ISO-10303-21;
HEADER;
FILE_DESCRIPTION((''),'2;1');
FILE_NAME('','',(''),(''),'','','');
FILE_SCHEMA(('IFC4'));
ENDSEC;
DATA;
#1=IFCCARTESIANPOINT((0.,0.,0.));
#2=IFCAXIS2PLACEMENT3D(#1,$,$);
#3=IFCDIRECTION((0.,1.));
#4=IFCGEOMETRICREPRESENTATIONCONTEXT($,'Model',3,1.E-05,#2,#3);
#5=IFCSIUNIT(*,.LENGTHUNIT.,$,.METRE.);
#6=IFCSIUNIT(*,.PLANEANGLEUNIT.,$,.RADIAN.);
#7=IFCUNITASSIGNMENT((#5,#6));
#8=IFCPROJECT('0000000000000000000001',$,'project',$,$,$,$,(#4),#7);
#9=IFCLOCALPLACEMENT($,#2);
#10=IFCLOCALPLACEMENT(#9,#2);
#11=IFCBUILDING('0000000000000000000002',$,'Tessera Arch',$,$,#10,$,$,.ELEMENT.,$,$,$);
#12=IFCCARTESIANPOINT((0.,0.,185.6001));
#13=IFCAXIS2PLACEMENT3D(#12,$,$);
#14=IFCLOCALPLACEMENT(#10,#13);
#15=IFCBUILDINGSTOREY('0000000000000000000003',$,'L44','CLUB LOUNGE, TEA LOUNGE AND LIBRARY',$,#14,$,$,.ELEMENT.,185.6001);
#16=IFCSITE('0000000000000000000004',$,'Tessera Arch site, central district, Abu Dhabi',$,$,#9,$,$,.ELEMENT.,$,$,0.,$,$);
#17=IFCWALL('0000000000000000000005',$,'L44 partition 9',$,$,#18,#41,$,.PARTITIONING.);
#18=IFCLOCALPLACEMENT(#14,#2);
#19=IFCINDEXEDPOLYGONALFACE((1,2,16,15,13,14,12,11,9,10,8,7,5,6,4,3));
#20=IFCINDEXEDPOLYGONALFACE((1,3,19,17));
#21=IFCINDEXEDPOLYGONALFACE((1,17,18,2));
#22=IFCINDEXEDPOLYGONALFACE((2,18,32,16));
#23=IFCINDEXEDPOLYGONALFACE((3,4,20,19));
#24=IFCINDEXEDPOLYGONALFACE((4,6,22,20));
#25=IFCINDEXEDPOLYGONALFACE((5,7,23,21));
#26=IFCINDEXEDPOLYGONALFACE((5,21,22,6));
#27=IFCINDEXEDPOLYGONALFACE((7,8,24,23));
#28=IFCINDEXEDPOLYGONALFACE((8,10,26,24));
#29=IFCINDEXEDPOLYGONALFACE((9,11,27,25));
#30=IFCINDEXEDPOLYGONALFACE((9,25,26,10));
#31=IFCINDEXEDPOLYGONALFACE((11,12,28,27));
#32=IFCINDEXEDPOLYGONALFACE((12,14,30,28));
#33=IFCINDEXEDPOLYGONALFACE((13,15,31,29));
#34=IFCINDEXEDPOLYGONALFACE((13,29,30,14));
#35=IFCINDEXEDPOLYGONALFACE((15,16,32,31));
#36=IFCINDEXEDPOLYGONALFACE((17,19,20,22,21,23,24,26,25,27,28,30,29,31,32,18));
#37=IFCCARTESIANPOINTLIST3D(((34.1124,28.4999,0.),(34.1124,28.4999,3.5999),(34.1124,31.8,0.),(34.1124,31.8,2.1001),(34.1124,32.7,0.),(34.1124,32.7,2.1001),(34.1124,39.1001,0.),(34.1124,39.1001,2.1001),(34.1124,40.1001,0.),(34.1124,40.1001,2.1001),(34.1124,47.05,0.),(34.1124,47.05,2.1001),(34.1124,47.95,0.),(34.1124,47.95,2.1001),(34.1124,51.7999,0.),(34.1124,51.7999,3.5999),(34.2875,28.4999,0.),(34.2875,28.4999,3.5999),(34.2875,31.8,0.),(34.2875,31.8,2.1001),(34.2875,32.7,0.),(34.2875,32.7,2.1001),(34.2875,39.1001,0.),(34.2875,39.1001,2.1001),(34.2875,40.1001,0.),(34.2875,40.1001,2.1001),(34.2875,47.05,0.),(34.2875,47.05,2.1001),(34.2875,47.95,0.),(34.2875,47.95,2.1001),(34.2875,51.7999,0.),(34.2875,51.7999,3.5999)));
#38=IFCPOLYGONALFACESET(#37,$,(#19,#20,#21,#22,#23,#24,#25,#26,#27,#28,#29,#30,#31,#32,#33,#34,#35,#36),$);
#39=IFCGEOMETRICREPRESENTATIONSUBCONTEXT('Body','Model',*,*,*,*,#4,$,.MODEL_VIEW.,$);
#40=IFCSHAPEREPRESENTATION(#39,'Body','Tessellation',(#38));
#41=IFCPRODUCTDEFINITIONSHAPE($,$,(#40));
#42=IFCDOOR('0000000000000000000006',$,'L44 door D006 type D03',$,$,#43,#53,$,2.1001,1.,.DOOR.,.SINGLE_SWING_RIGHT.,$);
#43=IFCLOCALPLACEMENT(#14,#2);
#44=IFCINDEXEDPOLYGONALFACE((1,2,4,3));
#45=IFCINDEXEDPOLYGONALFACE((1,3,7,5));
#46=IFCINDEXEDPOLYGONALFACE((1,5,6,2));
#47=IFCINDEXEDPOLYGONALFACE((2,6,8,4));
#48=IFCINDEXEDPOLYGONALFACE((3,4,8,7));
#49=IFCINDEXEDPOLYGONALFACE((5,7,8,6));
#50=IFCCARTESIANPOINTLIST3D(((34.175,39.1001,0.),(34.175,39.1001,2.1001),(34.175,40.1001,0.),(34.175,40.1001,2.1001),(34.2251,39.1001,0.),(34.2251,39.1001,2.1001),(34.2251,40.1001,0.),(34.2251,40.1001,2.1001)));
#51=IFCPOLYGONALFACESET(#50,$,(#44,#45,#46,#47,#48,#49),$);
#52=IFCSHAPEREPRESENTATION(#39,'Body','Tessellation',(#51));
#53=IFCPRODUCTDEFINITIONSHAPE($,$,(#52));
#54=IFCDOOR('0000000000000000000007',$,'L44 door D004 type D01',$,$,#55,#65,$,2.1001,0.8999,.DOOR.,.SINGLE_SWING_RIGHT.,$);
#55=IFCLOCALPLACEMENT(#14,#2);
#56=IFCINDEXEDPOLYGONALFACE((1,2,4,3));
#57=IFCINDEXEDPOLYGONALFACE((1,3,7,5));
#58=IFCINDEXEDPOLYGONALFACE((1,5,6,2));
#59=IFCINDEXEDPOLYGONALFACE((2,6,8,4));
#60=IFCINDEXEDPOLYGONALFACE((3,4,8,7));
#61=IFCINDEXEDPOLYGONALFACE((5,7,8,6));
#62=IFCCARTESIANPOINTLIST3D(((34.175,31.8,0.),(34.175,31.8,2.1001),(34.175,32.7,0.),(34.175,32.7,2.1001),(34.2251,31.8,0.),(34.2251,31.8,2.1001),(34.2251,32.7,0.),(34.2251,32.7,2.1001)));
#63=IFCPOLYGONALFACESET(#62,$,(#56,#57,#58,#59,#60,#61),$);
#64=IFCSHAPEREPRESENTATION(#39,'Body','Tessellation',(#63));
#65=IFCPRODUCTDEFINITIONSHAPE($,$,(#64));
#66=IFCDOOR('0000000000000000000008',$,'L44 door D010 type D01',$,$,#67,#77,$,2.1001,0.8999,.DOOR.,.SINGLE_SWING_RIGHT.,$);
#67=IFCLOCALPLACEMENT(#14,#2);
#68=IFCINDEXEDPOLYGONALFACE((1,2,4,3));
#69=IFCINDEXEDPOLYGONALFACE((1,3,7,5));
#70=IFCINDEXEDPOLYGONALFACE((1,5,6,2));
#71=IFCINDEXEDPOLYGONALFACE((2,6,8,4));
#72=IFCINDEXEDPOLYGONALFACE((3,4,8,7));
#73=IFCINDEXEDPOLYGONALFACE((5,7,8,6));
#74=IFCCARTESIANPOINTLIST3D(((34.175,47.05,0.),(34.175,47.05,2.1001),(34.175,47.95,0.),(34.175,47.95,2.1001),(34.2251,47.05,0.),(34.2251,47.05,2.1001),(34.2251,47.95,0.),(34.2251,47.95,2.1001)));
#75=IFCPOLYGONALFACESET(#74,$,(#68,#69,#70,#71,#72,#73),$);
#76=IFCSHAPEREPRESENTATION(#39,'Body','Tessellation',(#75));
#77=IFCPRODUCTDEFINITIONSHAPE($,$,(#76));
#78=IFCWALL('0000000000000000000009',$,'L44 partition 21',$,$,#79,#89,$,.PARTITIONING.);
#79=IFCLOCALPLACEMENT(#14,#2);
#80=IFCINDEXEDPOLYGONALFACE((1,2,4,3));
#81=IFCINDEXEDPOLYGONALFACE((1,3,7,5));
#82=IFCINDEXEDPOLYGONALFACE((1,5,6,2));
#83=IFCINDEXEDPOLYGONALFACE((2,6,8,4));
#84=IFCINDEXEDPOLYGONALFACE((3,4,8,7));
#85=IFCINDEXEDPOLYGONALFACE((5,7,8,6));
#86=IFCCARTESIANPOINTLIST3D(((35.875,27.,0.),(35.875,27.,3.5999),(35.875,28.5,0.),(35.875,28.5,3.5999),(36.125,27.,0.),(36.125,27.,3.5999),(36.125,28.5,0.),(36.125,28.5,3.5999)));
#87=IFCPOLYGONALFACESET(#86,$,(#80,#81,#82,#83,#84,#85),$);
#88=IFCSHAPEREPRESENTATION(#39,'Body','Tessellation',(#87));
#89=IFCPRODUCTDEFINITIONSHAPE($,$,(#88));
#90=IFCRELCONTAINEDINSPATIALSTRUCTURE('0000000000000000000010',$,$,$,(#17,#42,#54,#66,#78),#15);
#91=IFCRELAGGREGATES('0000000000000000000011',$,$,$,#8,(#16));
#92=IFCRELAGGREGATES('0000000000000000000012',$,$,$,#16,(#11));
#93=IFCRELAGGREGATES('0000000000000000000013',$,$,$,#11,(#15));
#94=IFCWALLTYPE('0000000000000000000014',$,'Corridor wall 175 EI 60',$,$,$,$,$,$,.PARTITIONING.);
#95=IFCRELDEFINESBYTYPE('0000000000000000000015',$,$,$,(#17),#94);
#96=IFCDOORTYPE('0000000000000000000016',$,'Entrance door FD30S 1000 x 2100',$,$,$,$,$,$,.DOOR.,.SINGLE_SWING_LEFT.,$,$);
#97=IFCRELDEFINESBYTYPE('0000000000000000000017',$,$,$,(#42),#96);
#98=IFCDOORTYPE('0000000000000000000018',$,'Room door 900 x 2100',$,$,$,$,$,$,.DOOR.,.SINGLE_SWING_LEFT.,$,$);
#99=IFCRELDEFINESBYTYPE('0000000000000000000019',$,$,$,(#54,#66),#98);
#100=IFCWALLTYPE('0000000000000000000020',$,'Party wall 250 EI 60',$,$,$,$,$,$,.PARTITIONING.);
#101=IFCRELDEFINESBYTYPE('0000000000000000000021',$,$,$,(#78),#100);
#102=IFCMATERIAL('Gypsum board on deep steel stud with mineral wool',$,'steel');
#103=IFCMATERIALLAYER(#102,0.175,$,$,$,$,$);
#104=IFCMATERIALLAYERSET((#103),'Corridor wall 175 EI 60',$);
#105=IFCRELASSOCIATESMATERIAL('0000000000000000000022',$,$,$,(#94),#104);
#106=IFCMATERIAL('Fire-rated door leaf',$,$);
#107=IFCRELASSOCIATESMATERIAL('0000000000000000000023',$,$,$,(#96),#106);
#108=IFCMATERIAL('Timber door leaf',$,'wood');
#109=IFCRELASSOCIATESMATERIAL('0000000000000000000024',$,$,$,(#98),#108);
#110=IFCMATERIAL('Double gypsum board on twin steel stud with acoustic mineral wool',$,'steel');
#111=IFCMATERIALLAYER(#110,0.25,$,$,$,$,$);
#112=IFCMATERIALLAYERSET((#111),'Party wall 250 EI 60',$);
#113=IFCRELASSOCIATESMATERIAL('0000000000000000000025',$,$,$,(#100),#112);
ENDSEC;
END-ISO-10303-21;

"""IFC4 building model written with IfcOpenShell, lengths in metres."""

from ifc_helpers import new_model, si_unit, direction, frame, frame_2d, origin, place, context, subcontext, project, spatial, rectangle, extrude, material, layer, layer_set, type_object, element, fill, save


model = new_model("IFC4")

# Units and contexts
model_context = context("Model", 3, precision=1e-05, world=origin(), true_north=direction((0.0, 1.0)))
body_context = subcontext(model_context, "Body", "Model", "MODEL_VIEW")
ifc_project = project(units=[si_unit("LENGTHUNIT", "METRE"), si_unit("PLANEANGLEUNIT", "RADIAN")], contexts=[model_context])

# Site, building, storey
site_placement = place(None, origin())
site = spatial("IfcSite", under=ifc_project, at=site_placement, Name="Tessera Arch site, central district, Abu Dhabi", CompositionType="ELEMENT", RefElevation=0.0)
building_placement = place(site_placement, origin())
building = spatial("IfcBuilding", under=site, at=building_placement, Name="Tessera Arch", CompositionType="ELEMENT")
storey_placement = place(building_placement, frame((0.0, 0.0, 185.6001)))
storey = spatial("IfcBuildingStorey", under=building, at=storey_placement, Name="L44", Description="CLUB LOUNGE, TEA LOUNGE AND LIBRARY", CompositionType="ELEMENT", Elevation=185.6001)

# Wall, openings, doors
ifc_material_1 = material(Name="Gypsum board on deep steel stud with mineral wool", Category="steel")
ifc_layer_1 = layer(ifc_material_1, 0.175)
ifc_layer_set_1 = layer_set([ifc_layer_1], Name="Corridor wall 175 EI 60")
wall_type_1 = type_object("IfcWallType", Name="Corridor wall 175 EI 60", PredefinedType="PARTITIONING", material=ifc_layer_set_1)
wall_1_placement = place(storey_placement, frame((34.2, 28.5, 0.0), z_axis=(0.0, 0.0, 1.0), x_axis=(0.0, 1.0, 0.0)))
wall_1 = element("IfcWall", 1, at=wall_1_placement, inside=storey, type_object=wall_type_1, Name="L44 partition 9", PredefinedType="PARTITIONING", context=body_context, shape_type="SweptSolid", body=[
    extrude(rectangle(XDim=23.3, YDim=0.175, at=frame_2d((11.6499, 0.0))), origin(), (0.0, 0.0, 1.0), 3.5999),
])
opening_1_placement = place(wall_1_placement, frame((3.3, 0.0, 0.0)))
opening_1 = element("IfcOpeningElement", 2, at=opening_1_placement, cuts=wall_1, PredefinedType="OPENING", context=body_context, shape_type="SweptSolid", body=[
    extrude(rectangle(XDim=0.8999, YDim=2.1001, at=frame_2d((0.45, 1.05))), frame((0.0, 0.0974, 0.0), z_axis=(0.0, -1.0, 0.0), x_axis=(1.0, 0.0, 0.0)), (0.0, 0.0, 1.0), 0.1951),
])
opening_2_placement = place(wall_1_placement, frame((10.6001, 0.0, 0.0)))
opening_2 = element("IfcOpeningElement", 3, at=opening_2_placement, cuts=wall_1, PredefinedType="OPENING", context=body_context, shape_type="SweptSolid", body=[
    extrude(rectangle(XDim=1.0, YDim=2.1001, at=frame_2d((0.5, 1.05))), frame((0.0, 0.0974, 0.0), z_axis=(0.0, -1.0, 0.0), x_axis=(1.0, 0.0, 0.0)), (0.0, 0.0, 1.0), 0.1951),
])
opening_3_placement = place(wall_1_placement, frame((18.55, 0.0, 0.0)))
opening_3 = element("IfcOpeningElement", 4, at=opening_3_placement, cuts=wall_1, PredefinedType="OPENING", context=body_context, shape_type="SweptSolid", body=[
    extrude(rectangle(XDim=0.8999, YDim=2.1001, at=frame_2d((0.45, 1.05))), frame((0.0, 0.0974, 0.0), z_axis=(0.0, -1.0, 0.0), x_axis=(1.0, 0.0, 0.0)), (0.0, 0.0, 1.0), 0.1951),
])
ifc_material_2 = material(Name="Fire-rated door leaf")
door_type_1 = type_object("IfcDoorType", Name="Entrance door FD30S 1000 x 2100", OperationType="SINGLE_SWING_LEFT", PredefinedType="DOOR", material=ifc_material_2)
door_1_placement = place(opening_2_placement, origin())
door_1 = element("IfcDoor", 5, at=door_1_placement, inside=storey, type_object=door_type_1, Name="L44 door D006 type D03", OperationType="SINGLE_SWING_RIGHT", OverallHeight=2.1001, OverallWidth=1.0, PredefinedType="DOOR", context=body_context, shape_type="SweptSolid", body=[
    extrude(rectangle(XDim=1.0, YDim=2.1001, at=frame_2d((0.5, 1.05))), frame((0.0, 0.0249, 0.0), z_axis=(0.0, -1.0, 0.0), x_axis=(1.0, 0.0, 0.0)), (0.0, 0.0, 1.0), 0.05),
])
fill(opening_2, door_1)
ifc_material_3 = material(Name="Timber door leaf", Category="wood")
door_type_2 = type_object("IfcDoorType", Name="Room door 900 x 2100", OperationType="SINGLE_SWING_LEFT", PredefinedType="DOOR", material=ifc_material_3)
door_2_placement = place(opening_1_placement, origin())
door_2 = element("IfcDoor", 6, at=door_2_placement, inside=storey, type_object=door_type_2, Name="L44 door D004 type D01", OperationType="SINGLE_SWING_RIGHT", OverallHeight=2.1001, OverallWidth=0.8999, PredefinedType="DOOR", context=body_context, shape_type="SweptSolid", body=[
    extrude(rectangle(XDim=0.8999, YDim=2.1001, at=frame_2d((0.45, 1.05))), frame((0.0, 0.0249, 0.0), z_axis=(0.0, -1.0, 0.0), x_axis=(1.0, 0.0, 0.0)), (0.0, 0.0, 1.0), 0.05),
])
fill(opening_1, door_2)
door_3_placement = place(opening_3_placement, origin())
door_3 = element("IfcDoor", 7, at=door_3_placement, inside=storey, type_object=door_type_2, Name="L44 door D010 type D01", OperationType="SINGLE_SWING_RIGHT", OverallHeight=2.1001, OverallWidth=0.8999, PredefinedType="DOOR", context=body_context, shape_type="SweptSolid", body=[
    extrude(rectangle(XDim=0.8999, YDim=2.1001, at=frame_2d((0.45, 1.05))), frame((0.0, 0.0249, 0.0), z_axis=(0.0, -1.0, 0.0), x_axis=(1.0, 0.0, 0.0)), (0.0, 0.0, 1.0), 0.05),
])
fill(opening_3, door_3)

# Wall
ifc_material_4 = material(Name="Double gypsum board on twin steel stud with acoustic mineral wool", Category="steel")
ifc_layer_2 = layer(ifc_material_4, 0.25)
ifc_layer_set_2 = layer_set([ifc_layer_2], Name="Party wall 250 EI 60")
wall_type_2 = type_object("IfcWallType", Name="Party wall 250 EI 60", PredefinedType="PARTITIONING", material=ifc_layer_set_2)
wall_2_placement = place(storey_placement, frame((36.0, 27.0, 0.0), z_axis=(0.0, 0.0, 1.0), x_axis=(0.0, 1.0, 0.0)))
element("IfcWall", 8, at=wall_2_placement, inside=storey, type_object=wall_type_2, Name="L44 partition 21", PredefinedType="PARTITIONING", context=body_context, shape_type="SweptSolid", body=[
    extrude(rectangle(XDim=1.5, YDim=0.25, at=frame_2d((0.75, 0.0))), origin(), (0.0, 0.0, 1.0), 3.5999),
])

save(model, "model.ifc")
